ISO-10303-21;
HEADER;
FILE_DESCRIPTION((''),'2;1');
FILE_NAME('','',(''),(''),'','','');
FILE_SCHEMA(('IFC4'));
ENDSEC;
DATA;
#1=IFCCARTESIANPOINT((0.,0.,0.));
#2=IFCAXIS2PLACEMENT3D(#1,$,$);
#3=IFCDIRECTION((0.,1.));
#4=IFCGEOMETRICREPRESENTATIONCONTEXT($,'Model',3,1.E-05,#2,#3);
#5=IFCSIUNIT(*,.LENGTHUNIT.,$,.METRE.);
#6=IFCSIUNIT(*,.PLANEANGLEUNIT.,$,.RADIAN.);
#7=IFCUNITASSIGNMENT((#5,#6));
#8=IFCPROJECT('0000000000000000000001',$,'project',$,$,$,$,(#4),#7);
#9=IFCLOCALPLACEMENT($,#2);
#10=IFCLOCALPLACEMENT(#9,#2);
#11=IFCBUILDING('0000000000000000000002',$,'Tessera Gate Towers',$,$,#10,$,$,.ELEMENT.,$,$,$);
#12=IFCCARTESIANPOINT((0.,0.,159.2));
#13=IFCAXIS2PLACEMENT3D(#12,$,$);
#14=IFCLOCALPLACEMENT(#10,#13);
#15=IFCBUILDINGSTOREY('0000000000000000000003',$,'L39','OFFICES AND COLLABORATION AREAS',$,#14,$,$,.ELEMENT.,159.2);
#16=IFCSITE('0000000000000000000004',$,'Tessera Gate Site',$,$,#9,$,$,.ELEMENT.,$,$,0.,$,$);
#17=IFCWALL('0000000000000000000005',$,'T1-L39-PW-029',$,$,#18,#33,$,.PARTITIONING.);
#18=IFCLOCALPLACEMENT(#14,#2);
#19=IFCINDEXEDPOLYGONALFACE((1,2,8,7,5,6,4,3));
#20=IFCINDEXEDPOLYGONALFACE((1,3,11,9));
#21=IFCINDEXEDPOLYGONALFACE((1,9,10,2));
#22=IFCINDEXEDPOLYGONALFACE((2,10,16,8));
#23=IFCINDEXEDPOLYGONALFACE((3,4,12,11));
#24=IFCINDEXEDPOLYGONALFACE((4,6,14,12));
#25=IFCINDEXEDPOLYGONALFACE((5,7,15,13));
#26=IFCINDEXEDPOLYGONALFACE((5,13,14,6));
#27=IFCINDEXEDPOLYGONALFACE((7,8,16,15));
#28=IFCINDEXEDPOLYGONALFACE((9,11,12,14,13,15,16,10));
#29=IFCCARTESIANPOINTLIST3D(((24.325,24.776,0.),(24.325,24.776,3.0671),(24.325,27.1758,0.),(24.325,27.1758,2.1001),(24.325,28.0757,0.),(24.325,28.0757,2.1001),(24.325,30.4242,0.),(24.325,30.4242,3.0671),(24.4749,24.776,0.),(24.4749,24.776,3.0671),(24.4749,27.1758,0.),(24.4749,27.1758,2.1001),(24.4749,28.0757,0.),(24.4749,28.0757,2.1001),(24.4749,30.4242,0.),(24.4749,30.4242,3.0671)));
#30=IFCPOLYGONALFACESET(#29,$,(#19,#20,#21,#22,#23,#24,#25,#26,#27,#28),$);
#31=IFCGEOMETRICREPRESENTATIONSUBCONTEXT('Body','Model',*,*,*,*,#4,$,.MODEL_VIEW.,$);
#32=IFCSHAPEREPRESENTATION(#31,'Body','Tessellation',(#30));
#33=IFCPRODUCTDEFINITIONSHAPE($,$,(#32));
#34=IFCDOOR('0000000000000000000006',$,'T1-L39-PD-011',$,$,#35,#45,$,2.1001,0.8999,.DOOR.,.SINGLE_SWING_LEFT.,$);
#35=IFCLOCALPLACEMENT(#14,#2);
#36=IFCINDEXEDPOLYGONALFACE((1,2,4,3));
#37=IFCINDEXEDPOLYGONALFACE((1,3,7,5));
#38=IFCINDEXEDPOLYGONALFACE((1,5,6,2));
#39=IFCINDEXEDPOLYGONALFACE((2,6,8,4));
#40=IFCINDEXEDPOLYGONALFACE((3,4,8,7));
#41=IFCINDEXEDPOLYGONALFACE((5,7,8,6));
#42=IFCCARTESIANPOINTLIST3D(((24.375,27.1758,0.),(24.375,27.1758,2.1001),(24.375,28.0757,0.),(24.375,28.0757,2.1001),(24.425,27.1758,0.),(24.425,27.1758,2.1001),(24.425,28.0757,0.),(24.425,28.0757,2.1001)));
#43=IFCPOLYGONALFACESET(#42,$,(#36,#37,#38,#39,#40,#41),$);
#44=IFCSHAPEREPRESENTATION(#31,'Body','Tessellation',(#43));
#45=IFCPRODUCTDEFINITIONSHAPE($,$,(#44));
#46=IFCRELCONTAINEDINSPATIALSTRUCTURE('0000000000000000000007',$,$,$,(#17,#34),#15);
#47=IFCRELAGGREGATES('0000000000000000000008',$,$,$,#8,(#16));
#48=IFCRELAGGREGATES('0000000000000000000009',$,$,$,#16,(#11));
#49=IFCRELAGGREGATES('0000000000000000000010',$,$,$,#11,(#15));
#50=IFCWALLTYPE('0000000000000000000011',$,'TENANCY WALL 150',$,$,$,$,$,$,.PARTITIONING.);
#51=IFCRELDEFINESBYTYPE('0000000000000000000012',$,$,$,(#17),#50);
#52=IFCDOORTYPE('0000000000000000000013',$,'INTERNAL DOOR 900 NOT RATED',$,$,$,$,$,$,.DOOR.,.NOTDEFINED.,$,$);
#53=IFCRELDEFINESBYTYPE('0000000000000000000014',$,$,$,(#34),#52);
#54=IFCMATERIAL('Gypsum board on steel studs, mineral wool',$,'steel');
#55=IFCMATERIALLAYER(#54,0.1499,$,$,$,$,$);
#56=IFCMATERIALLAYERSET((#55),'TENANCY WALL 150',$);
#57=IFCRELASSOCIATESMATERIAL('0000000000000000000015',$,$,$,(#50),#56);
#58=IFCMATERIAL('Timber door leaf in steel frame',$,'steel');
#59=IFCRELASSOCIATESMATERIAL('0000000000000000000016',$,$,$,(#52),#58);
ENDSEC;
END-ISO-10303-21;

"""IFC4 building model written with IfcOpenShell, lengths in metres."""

from ifc_helpers import new_model, si_unit, direction, frame, frame_2d, origin, place, context, subcontext, project, spatial, rectangle, extrude, source, transform, mapped, material, layer, layer_set, type_object, element, fill, save


model = new_model("IFC4")

# Units and contexts
model_context = context("Model", 3, precision=1e-05, world=origin(), true_north=direction((0.0, 1.0)))
body_context = subcontext(model_context, "Body", "Model", "MODEL_VIEW")
ifc_project = project(units=[si_unit("LENGTHUNIT", "METRE"), si_unit("PLANEANGLEUNIT", "RADIAN")], contexts=[model_context])

# Site, building, storey
site_placement = place(None, origin())
site = spatial("IfcSite", under=ifc_project, at=site_placement, Name="Tessera Gate Site", CompositionType="ELEMENT", RefElevation=0.0)
building_placement = place(site_placement, origin())
building = spatial("IfcBuilding", under=site, at=building_placement, Name="Tessera Gate Towers", CompositionType="ELEMENT")
storey_placement = place(building_placement, frame((0.0, 0.0, 159.2)))
storey = spatial("IfcBuildingStorey", under=building, at=storey_placement, Name="L39", Description="OFFICES AND COLLABORATION AREAS", CompositionType="ELEMENT", Elevation=159.2)

# Shared definitions
shared_shape_1 = source(origin(), body_context, "Body", "SweptSolid", [
    extrude(rectangle(XDim=0.8999, YDim=2.1001, at=frame_2d((0.45, 1.05))), frame((0.0, 0.0249, 0.0), z_axis=(0.0, -1.0, 0.0), x_axis=(1.0, 0.0, 0.0)), (0.0, 0.0, 1.0), 0.05),
])

# Shared definitions
shared_shape_2 = source(origin(), body_context, "Body", "SweptSolid", [
    extrude(rectangle(XDim=0.8999, YDim=2.1001, at=frame_2d((0.45, 1.05))), frame((0.0, 0.085, 0.0), z_axis=(0.0, -1.0, 0.0), x_axis=(1.0, 0.0, 0.0)), (0.0, 0.0, 1.0), 0.1699),
])

# Shared definitions
ifc_material_1 = material(Name="Gypsum board on steel studs, mineral wool", Category="steel")
ifc_layer_1 = layer(ifc_material_1, 0.1499)
ifc_layer_set_1 = layer_set([ifc_layer_1], Name="TENANCY WALL 150")
wall_type_1 = type_object("IfcWallType", Name="TENANCY WALL 150", PredefinedType="PARTITIONING", material=ifc_layer_set_1)

# Wall, opening, door
wall_1_placement = place(storey_placement, frame((24.3999, 24.7759, 0.0), z_axis=(0.0, 0.0, 1.0), x_axis=(0.0, 1.0, 0.0)))
wall_1 = element("IfcWall", 1, at=wall_1_placement, inside=storey, type_object=wall_type_1, Name="T1-L39-PW-029", PredefinedType="PARTITIONING", context=body_context, shape_type="SweptSolid", body=[
    extrude(rectangle(XDim=5.6482, YDim=0.1499, at=frame_2d((2.8242, 0.0))), origin(), (0.0, 0.0, 1.0), 3.0671),
])
opening_1_placement = place(wall_1_placement, frame((2.3999, 0.0, 0.0)))
opening_1 = element("IfcOpeningElement", 2, at=opening_1_placement, cuts=wall_1, PredefinedType="OPENING", context=body_context, shape_type="MappedRepresentation", body=[
    mapped(shared_shape_2, transform((0.0, 0.0, 0.0), scale=1.0)),
])
ifc_material_2 = material(Name="Timber door leaf in steel frame", Category="steel")
door_type_1 = type_object("IfcDoorType", Name="INTERNAL DOOR 900 NOT RATED", OperationType="NOTDEFINED", PredefinedType="DOOR", material=ifc_material_2)
door_1_placement = place(opening_1_placement, origin())
door_1 = element("IfcDoor", 3, at=door_1_placement, inside=storey, type_object=door_type_1, Name="T1-L39-PD-011", OperationType="SINGLE_SWING_LEFT", OverallHeight=2.1001, OverallWidth=0.8999, PredefinedType="DOOR", context=body_context, shape_type="MappedRepresentation", body=[
    mapped(shared_shape_1, transform((0.0, 0.0, 0.0), scale=1.0)),
])
fill(opening_1, door_1)

save(model, "model.ifc")
